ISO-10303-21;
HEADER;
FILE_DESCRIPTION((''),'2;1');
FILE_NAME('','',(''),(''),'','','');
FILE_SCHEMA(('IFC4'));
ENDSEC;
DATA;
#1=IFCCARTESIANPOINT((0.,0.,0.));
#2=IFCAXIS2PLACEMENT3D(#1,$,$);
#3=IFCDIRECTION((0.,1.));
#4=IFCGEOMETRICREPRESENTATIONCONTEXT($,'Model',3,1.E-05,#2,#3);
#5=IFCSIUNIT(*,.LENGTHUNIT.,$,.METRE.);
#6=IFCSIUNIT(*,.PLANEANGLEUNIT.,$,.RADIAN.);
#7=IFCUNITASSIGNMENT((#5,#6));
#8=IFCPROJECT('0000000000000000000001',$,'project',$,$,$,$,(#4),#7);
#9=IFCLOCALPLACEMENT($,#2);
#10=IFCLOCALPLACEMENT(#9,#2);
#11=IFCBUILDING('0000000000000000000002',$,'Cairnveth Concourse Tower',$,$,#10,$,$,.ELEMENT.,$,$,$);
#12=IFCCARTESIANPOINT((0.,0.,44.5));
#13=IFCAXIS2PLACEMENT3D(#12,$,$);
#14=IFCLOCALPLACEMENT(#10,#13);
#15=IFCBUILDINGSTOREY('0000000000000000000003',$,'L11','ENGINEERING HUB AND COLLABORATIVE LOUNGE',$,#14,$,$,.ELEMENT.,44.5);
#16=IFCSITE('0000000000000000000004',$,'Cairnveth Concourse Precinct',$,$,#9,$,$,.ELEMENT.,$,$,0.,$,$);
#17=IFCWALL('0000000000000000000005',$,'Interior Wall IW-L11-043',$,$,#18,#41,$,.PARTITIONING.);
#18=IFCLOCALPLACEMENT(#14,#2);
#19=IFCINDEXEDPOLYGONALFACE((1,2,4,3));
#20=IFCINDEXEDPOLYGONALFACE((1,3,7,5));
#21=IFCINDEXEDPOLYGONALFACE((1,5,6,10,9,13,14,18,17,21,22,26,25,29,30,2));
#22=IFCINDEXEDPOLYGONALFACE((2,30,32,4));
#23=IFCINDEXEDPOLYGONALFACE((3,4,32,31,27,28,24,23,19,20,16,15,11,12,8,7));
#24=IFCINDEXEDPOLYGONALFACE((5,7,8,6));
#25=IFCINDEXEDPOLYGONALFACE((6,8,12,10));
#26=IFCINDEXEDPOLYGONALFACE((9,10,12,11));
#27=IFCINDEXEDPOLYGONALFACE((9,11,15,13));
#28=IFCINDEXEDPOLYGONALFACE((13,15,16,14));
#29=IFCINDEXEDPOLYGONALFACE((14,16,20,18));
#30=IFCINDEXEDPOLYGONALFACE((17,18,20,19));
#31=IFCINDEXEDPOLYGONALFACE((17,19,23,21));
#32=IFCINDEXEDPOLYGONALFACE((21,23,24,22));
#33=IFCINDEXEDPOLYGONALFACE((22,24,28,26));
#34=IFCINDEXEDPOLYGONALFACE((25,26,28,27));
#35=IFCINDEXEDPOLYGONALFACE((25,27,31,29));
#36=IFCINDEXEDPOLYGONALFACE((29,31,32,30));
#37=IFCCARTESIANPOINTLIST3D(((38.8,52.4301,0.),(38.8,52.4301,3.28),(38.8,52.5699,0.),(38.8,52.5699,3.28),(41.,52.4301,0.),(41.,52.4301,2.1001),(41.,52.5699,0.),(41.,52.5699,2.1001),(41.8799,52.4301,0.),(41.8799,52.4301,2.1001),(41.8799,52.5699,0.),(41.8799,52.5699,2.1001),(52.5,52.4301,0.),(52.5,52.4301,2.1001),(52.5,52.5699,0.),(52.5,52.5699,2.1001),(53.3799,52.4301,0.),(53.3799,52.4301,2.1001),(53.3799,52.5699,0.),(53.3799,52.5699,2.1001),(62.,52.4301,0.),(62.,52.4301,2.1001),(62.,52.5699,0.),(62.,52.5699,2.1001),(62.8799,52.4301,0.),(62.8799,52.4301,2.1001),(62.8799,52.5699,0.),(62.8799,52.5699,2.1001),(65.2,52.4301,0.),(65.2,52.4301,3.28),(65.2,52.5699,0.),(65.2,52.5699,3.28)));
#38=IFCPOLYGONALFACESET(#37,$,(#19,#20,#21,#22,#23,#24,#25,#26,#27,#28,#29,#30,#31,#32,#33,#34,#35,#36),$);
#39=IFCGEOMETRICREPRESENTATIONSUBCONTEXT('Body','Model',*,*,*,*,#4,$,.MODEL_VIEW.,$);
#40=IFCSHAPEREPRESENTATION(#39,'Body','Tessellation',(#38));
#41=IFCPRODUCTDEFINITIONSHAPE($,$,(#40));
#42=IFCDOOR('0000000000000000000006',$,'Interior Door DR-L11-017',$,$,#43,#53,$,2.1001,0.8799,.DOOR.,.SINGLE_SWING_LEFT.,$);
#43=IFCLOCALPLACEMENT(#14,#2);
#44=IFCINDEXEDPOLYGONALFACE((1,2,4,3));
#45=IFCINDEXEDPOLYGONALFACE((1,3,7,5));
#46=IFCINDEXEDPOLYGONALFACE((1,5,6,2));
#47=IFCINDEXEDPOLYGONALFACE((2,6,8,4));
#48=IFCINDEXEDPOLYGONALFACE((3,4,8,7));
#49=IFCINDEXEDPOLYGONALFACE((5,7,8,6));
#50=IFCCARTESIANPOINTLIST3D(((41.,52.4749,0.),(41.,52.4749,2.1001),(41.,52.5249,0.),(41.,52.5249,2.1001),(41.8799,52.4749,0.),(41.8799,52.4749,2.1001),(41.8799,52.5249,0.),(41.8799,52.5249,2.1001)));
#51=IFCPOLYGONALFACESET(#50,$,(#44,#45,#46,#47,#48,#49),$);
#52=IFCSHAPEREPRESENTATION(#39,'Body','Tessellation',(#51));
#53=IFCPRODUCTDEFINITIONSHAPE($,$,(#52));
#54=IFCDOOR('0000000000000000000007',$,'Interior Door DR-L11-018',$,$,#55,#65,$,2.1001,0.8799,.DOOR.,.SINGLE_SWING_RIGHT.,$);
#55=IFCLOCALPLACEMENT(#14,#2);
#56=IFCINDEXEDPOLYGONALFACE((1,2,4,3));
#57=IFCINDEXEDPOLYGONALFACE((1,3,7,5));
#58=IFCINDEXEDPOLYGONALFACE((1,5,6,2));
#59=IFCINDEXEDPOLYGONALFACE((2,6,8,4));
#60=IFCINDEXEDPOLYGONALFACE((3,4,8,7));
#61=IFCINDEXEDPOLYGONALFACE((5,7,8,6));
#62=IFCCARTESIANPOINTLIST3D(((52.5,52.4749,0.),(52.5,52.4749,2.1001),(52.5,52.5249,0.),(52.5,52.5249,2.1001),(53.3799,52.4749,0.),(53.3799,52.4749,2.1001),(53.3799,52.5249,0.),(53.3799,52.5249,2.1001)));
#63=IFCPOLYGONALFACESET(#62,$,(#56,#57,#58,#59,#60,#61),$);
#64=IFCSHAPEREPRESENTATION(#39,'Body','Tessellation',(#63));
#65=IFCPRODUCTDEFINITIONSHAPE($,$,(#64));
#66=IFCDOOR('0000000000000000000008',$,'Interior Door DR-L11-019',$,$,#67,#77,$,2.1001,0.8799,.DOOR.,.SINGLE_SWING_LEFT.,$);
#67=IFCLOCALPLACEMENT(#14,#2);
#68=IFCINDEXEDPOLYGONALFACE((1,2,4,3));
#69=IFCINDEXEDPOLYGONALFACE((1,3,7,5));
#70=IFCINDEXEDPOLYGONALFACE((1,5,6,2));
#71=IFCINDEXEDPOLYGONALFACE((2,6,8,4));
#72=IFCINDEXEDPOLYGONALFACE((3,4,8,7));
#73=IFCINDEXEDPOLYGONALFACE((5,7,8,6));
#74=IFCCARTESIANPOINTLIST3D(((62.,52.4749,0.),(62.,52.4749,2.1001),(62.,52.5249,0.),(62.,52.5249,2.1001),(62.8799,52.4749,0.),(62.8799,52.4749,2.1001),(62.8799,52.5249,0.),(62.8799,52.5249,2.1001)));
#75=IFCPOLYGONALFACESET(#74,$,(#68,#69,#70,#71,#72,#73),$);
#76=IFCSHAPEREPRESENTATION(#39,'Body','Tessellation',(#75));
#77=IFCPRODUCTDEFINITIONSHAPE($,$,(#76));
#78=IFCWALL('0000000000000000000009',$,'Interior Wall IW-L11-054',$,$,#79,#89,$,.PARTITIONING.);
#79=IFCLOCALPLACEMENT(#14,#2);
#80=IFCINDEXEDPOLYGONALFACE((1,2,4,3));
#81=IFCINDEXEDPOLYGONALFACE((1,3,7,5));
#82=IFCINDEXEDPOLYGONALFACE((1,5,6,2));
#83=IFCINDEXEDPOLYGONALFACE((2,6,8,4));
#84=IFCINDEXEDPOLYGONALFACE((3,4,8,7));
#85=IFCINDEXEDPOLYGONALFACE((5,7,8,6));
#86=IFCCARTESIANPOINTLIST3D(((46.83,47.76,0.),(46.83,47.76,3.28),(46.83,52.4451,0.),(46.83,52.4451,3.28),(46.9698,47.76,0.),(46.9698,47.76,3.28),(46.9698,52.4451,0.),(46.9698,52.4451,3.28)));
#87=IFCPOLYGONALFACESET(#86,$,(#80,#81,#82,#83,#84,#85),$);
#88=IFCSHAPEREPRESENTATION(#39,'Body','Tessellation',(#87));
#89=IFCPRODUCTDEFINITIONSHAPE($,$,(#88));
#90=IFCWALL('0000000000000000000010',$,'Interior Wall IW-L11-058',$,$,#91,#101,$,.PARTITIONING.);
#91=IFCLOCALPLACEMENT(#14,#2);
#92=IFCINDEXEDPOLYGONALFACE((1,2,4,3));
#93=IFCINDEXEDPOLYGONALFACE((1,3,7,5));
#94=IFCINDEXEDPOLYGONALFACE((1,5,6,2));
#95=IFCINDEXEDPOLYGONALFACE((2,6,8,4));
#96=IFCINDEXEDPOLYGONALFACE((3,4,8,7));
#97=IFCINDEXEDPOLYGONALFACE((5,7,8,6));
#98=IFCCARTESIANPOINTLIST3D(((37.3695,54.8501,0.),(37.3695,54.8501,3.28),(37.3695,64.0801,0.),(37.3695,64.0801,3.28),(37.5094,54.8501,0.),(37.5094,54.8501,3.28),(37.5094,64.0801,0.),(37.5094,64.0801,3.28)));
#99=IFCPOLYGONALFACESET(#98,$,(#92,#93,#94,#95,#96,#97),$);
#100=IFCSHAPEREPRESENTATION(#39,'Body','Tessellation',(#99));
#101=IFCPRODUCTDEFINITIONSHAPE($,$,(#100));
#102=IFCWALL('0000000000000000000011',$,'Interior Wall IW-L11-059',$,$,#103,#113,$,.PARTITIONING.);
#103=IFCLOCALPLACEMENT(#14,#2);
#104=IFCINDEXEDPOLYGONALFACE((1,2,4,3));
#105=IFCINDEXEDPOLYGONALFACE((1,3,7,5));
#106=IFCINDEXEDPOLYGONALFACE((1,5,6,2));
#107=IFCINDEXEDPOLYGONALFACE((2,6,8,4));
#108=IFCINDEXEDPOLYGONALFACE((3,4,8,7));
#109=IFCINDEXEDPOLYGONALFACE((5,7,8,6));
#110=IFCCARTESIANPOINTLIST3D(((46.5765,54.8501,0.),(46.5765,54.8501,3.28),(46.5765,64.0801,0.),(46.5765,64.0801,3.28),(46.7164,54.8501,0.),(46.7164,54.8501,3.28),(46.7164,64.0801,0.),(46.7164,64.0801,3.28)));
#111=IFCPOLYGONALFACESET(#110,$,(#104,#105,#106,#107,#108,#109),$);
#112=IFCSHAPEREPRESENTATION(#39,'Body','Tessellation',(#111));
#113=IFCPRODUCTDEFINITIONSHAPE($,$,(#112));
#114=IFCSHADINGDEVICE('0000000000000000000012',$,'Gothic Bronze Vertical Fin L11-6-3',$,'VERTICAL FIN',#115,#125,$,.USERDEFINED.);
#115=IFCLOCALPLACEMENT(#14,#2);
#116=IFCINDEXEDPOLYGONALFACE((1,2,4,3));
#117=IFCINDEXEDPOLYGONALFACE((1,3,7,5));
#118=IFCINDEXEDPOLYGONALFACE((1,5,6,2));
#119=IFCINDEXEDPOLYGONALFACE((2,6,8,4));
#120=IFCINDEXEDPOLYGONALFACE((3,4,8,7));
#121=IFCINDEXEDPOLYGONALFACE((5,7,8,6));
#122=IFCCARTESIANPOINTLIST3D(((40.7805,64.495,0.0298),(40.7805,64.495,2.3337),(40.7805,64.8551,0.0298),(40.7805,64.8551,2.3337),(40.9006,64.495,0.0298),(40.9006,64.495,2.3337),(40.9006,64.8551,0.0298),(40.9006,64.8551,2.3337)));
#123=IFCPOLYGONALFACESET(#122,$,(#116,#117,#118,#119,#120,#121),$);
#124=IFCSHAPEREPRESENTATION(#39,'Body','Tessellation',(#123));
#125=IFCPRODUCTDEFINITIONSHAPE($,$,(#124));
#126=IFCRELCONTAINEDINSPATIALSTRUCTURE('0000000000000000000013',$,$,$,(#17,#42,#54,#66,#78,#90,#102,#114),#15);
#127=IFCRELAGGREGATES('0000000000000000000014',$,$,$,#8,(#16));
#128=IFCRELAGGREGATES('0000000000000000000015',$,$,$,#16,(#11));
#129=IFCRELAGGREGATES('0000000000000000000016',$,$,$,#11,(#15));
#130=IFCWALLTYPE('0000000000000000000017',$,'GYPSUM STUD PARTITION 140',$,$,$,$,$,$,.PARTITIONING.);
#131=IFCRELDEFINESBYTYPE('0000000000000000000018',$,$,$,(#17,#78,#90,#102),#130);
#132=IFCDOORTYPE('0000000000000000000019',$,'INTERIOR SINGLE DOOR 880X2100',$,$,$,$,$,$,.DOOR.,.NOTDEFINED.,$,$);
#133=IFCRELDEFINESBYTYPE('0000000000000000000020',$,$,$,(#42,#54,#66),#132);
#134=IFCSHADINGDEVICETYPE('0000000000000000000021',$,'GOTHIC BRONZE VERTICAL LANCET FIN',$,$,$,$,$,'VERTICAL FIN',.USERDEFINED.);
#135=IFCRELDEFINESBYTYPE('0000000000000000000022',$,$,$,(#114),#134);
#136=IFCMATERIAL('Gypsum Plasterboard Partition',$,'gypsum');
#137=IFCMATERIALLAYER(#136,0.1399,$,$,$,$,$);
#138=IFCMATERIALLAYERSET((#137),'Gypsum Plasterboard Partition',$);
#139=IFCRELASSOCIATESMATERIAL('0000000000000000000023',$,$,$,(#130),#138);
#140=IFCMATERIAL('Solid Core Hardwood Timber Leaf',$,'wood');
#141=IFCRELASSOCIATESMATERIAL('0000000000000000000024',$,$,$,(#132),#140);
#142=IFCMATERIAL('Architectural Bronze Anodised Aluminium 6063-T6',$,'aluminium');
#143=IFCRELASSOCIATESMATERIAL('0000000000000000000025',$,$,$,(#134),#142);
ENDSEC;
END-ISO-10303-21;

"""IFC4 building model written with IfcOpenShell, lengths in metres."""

from ifc_helpers import new_model, si_unit, direction, frame, frame_2d, origin, origin_2d, place, context, subcontext, project, spatial, rectangle, extrude, material, layer, layer_set, type_object, element, fill, save


model = new_model("IFC4")

# Units and contexts
model_context = context("Model", 3, precision=1e-05, world=origin(), true_north=direction((0.0, 1.0)))
body_context = subcontext(model_context, "Body", "Model", "MODEL_VIEW")
ifc_project = project(units=[si_unit("LENGTHUNIT", "METRE"), si_unit("PLANEANGLEUNIT", "RADIAN")], contexts=[model_context])

# Site, building, storey
site_placement = place(None, origin())
site = spatial("IfcSite", under=ifc_project, at=site_placement, Name="Cairnveth Concourse Precinct", CompositionType="ELEMENT", RefElevation=0.0)
building_placement = place(site_placement, origin())
building = spatial("IfcBuilding", under=site, at=building_placement, Name="Cairnveth Concourse Tower", CompositionType="ELEMENT")
storey_placement = place(building_placement, frame((0.0, 0.0, 44.5)))
storey = spatial("IfcBuildingStorey", under=building, at=storey_placement, Name="L11", Description="ENGINEERING HUB AND COLLABORATIVE LOUNGE", CompositionType="ELEMENT", Elevation=44.5)

# Wall, openings, doors
ifc_material_1 = material(Name="Gypsum Plasterboard Partition", Category="gypsum")
ifc_layer = layer(ifc_material_1, 0.1399)
ifc_layer_set = layer_set([ifc_layer], Name="Gypsum Plasterboard Partition")
wall_type = type_object("IfcWallType", Name="GYPSUM STUD PARTITION 140", PredefinedType="PARTITIONING", material=ifc_layer_set)
ifc_material_2 = material(Name="Solid Core Hardwood Timber Leaf", Category="wood")
wall_1_placement = place(storey_placement, frame((38.8, 52.5, 0.0), z_axis=(0.0, 0.0, 1.0), x_axis=(1.0, 0.0, 0.0)))
wall_1 = element("IfcWall", 1, at=wall_1_placement, inside=storey, type_object=wall_type, Name="Interior Wall IW-L11-043", PredefinedType="PARTITIONING", context=body_context, shape_type="SweptSolid", body=[
    extrude(rectangle(XDim=26.3999, YDim=0.1399, at=frame_2d((13.2, 0.0))), origin(), (0.0, 0.0, 1.0), 3.28),
])
opening_1_placement = place(wall_1_placement, frame((2.2, 0.0, 0.0)))
opening_1 = element("IfcOpeningElement", 2, at=opening_1_placement, cuts=wall_1, PredefinedType="OPENING", context=body_context, shape_type="SweptSolid", body=[
    extrude(rectangle(XDim=0.8799, YDim=2.1001, at=frame_2d((0.4399, 1.05))), frame((0.0, 0.0798, 0.0), z_axis=(0.0, -1.0, 0.0), x_axis=(1.0, 0.0, 0.0)), (0.0, 0.0, 1.0), 0.1599),
])
opening_2_placement = place(wall_1_placement, frame((13.7, 0.0, 0.0)))
opening_2 = element("IfcOpeningElement", 3, at=opening_2_placement, cuts=wall_1, PredefinedType="OPENING", context=body_context, shape_type="SweptSolid", body=[
    extrude(rectangle(XDim=0.8799, YDim=2.1001, at=frame_2d((0.4399, 1.05))), frame((0.0, 0.0798, 0.0), z_axis=(0.0, -1.0, 0.0), x_axis=(1.0, 0.0, 0.0)), (0.0, 0.0, 1.0), 0.1599),
])
opening_3_placement = place(wall_1_placement, frame((23.2, 0.0, 0.0)))
opening_3 = element("IfcOpeningElement", 4, at=opening_3_placement, cuts=wall_1, PredefinedType="OPENING", context=body_context, shape_type="SweptSolid", body=[
    extrude(rectangle(XDim=0.8799, YDim=2.1001, at=frame_2d((0.4399, 1.05))), frame((0.0, 0.0798, 0.0), z_axis=(0.0, -1.0, 0.0), x_axis=(1.0, 0.0, 0.0)), (0.0, 0.0, 1.0), 0.1599),
])
door_type_1 = type_object("IfcDoorType", Name="INTERIOR SINGLE DOOR 880X2100", OperationType="NOTDEFINED", PredefinedType="DOOR", material=ifc_material_2)
door_1_placement = place(opening_1_placement, origin())
door_1 = element("IfcDoor", 5, at=door_1_placement, inside=storey, type_object=door_type_1, Name="Interior Door DR-L11-017", OperationType="SINGLE_SWING_LEFT", OverallHeight=2.1001, OverallWidth=0.8799, PredefinedType="DOOR", context=body_context, shape_type="SweptSolid", body=[
    extrude(rectangle(XDim=0.8799, YDim=2.1001, at=frame_2d((0.4399, 1.05))), frame((0.0, 0.0249, 0.0), z_axis=(0.0, -1.0, 0.0), x_axis=(1.0, 0.0, 0.0)), (0.0, 0.0, 1.0), 0.05),
])
fill(opening_1, door_1)
door_2_placement = place(opening_2_placement, origin())
door_2 = element("IfcDoor", 6, at=door_2_placement, inside=storey, type_object=door_type_1, Name="Interior Door DR-L11-018", OperationType="SINGLE_SWING_RIGHT", OverallHeight=2.1001, OverallWidth=0.8799, PredefinedType="DOOR", context=body_context, shape_type="SweptSolid", body=[
    extrude(rectangle(XDim=0.8799, YDim=2.1001, at=frame_2d((0.4399, 1.05))), frame((0.0, 0.0249, 0.0), z_axis=(0.0, -1.0, 0.0), x_axis=(1.0, 0.0, 0.0)), (0.0, 0.0, 1.0), 0.05),
])
fill(opening_2, door_2)
door_3_placement = place(opening_3_placement, origin())
door_3 = element("IfcDoor", 7, at=door_3_placement, inside=storey, type_object=door_type_1, Name="Interior Door DR-L11-019", OperationType="SINGLE_SWING_LEFT", OverallHeight=2.1001, OverallWidth=0.8799, PredefinedType="DOOR", context=body_context, shape_type="SweptSolid", body=[
    extrude(rectangle(XDim=0.8799, YDim=2.1001, at=frame_2d((0.4399, 1.05))), frame((0.0, 0.0249, 0.0), z_axis=(0.0, -1.0, 0.0), x_axis=(1.0, 0.0, 0.0)), (0.0, 0.0, 1.0), 0.05),
])
fill(opening_3, door_3)

# Walls
wall_2_placement = place(storey_placement, frame((46.8999, 47.76, 0.0), z_axis=(0.0, 0.0, 1.0), x_axis=(0.0, 1.0, 0.0)))
element("IfcWall", 8, at=wall_2_placement, inside=storey, type_object=wall_type, Name="Interior Wall IW-L11-054", PredefinedType="PARTITIONING", context=body_context, shape_type="SweptSolid", body=[
    extrude(rectangle(XDim=4.6851, YDim=0.1399, at=frame_2d((2.3425, 0.0))), origin(), (0.0, 0.0, 1.0), 3.28),
])
for number, where, z_axis, x_axis, name in (
    (9, (37.4395, 54.8501, 0.0), (0.0, 0.0, 1.0), (0.0, 1.0, 0.0), "Interior Wall IW-L11-058"),
    (10, (46.6465, 54.8501, 0.0), (0.0, 0.0, 1.0), (0.0, 1.0, 0.0), "Interior Wall IW-L11-059"),
):
    element("IfcWall", number, at=place(storey_placement, frame(where, z_axis=z_axis, x_axis=x_axis)), inside=storey, type_object=wall_type, Name=name, PredefinedType="PARTITIONING", context=body_context, shape_type="SweptSolid", body=[
        extrude(rectangle(XDim=9.23, YDim=0.1399, at=frame_2d((4.615, 0.0))), origin(), (0.0, 0.0, 1.0), 3.28),
    ])

# Shading device
ifc_material_3 = material(Name="Architectural Bronze Anodised Aluminium 6063-T6", Category="aluminium")
shading_device_type = type_object("IfcShadingDeviceType", Name="GOTHIC BRONZE VERTICAL LANCET FIN", ElementType="VERTICAL FIN", PredefinedType="USERDEFINED", material=ifc_material_3)
shading_device_placement = place(storey_placement, frame((40.8406, 64.675, 0.0298), z_axis=(0.0, 0.0, 1.0), x_axis=(1.0, 0.0, 0.0)))
element("IfcShadingDevice", 11, at=shading_device_placement, inside=storey, type_object=shading_device_type, Name="Gothic Bronze Vertical Fin L11-6-3", ObjectType="VERTICAL FIN", PredefinedType="USERDEFINED", context=body_context, shape_type="SweptSolid", body=[
    extrude(rectangle(XDim=0.1201, YDim=0.3601, at=origin_2d()), origin(), (0.0, 0.0, 1.0), 2.304),
])

save(model, "model.ifc")
